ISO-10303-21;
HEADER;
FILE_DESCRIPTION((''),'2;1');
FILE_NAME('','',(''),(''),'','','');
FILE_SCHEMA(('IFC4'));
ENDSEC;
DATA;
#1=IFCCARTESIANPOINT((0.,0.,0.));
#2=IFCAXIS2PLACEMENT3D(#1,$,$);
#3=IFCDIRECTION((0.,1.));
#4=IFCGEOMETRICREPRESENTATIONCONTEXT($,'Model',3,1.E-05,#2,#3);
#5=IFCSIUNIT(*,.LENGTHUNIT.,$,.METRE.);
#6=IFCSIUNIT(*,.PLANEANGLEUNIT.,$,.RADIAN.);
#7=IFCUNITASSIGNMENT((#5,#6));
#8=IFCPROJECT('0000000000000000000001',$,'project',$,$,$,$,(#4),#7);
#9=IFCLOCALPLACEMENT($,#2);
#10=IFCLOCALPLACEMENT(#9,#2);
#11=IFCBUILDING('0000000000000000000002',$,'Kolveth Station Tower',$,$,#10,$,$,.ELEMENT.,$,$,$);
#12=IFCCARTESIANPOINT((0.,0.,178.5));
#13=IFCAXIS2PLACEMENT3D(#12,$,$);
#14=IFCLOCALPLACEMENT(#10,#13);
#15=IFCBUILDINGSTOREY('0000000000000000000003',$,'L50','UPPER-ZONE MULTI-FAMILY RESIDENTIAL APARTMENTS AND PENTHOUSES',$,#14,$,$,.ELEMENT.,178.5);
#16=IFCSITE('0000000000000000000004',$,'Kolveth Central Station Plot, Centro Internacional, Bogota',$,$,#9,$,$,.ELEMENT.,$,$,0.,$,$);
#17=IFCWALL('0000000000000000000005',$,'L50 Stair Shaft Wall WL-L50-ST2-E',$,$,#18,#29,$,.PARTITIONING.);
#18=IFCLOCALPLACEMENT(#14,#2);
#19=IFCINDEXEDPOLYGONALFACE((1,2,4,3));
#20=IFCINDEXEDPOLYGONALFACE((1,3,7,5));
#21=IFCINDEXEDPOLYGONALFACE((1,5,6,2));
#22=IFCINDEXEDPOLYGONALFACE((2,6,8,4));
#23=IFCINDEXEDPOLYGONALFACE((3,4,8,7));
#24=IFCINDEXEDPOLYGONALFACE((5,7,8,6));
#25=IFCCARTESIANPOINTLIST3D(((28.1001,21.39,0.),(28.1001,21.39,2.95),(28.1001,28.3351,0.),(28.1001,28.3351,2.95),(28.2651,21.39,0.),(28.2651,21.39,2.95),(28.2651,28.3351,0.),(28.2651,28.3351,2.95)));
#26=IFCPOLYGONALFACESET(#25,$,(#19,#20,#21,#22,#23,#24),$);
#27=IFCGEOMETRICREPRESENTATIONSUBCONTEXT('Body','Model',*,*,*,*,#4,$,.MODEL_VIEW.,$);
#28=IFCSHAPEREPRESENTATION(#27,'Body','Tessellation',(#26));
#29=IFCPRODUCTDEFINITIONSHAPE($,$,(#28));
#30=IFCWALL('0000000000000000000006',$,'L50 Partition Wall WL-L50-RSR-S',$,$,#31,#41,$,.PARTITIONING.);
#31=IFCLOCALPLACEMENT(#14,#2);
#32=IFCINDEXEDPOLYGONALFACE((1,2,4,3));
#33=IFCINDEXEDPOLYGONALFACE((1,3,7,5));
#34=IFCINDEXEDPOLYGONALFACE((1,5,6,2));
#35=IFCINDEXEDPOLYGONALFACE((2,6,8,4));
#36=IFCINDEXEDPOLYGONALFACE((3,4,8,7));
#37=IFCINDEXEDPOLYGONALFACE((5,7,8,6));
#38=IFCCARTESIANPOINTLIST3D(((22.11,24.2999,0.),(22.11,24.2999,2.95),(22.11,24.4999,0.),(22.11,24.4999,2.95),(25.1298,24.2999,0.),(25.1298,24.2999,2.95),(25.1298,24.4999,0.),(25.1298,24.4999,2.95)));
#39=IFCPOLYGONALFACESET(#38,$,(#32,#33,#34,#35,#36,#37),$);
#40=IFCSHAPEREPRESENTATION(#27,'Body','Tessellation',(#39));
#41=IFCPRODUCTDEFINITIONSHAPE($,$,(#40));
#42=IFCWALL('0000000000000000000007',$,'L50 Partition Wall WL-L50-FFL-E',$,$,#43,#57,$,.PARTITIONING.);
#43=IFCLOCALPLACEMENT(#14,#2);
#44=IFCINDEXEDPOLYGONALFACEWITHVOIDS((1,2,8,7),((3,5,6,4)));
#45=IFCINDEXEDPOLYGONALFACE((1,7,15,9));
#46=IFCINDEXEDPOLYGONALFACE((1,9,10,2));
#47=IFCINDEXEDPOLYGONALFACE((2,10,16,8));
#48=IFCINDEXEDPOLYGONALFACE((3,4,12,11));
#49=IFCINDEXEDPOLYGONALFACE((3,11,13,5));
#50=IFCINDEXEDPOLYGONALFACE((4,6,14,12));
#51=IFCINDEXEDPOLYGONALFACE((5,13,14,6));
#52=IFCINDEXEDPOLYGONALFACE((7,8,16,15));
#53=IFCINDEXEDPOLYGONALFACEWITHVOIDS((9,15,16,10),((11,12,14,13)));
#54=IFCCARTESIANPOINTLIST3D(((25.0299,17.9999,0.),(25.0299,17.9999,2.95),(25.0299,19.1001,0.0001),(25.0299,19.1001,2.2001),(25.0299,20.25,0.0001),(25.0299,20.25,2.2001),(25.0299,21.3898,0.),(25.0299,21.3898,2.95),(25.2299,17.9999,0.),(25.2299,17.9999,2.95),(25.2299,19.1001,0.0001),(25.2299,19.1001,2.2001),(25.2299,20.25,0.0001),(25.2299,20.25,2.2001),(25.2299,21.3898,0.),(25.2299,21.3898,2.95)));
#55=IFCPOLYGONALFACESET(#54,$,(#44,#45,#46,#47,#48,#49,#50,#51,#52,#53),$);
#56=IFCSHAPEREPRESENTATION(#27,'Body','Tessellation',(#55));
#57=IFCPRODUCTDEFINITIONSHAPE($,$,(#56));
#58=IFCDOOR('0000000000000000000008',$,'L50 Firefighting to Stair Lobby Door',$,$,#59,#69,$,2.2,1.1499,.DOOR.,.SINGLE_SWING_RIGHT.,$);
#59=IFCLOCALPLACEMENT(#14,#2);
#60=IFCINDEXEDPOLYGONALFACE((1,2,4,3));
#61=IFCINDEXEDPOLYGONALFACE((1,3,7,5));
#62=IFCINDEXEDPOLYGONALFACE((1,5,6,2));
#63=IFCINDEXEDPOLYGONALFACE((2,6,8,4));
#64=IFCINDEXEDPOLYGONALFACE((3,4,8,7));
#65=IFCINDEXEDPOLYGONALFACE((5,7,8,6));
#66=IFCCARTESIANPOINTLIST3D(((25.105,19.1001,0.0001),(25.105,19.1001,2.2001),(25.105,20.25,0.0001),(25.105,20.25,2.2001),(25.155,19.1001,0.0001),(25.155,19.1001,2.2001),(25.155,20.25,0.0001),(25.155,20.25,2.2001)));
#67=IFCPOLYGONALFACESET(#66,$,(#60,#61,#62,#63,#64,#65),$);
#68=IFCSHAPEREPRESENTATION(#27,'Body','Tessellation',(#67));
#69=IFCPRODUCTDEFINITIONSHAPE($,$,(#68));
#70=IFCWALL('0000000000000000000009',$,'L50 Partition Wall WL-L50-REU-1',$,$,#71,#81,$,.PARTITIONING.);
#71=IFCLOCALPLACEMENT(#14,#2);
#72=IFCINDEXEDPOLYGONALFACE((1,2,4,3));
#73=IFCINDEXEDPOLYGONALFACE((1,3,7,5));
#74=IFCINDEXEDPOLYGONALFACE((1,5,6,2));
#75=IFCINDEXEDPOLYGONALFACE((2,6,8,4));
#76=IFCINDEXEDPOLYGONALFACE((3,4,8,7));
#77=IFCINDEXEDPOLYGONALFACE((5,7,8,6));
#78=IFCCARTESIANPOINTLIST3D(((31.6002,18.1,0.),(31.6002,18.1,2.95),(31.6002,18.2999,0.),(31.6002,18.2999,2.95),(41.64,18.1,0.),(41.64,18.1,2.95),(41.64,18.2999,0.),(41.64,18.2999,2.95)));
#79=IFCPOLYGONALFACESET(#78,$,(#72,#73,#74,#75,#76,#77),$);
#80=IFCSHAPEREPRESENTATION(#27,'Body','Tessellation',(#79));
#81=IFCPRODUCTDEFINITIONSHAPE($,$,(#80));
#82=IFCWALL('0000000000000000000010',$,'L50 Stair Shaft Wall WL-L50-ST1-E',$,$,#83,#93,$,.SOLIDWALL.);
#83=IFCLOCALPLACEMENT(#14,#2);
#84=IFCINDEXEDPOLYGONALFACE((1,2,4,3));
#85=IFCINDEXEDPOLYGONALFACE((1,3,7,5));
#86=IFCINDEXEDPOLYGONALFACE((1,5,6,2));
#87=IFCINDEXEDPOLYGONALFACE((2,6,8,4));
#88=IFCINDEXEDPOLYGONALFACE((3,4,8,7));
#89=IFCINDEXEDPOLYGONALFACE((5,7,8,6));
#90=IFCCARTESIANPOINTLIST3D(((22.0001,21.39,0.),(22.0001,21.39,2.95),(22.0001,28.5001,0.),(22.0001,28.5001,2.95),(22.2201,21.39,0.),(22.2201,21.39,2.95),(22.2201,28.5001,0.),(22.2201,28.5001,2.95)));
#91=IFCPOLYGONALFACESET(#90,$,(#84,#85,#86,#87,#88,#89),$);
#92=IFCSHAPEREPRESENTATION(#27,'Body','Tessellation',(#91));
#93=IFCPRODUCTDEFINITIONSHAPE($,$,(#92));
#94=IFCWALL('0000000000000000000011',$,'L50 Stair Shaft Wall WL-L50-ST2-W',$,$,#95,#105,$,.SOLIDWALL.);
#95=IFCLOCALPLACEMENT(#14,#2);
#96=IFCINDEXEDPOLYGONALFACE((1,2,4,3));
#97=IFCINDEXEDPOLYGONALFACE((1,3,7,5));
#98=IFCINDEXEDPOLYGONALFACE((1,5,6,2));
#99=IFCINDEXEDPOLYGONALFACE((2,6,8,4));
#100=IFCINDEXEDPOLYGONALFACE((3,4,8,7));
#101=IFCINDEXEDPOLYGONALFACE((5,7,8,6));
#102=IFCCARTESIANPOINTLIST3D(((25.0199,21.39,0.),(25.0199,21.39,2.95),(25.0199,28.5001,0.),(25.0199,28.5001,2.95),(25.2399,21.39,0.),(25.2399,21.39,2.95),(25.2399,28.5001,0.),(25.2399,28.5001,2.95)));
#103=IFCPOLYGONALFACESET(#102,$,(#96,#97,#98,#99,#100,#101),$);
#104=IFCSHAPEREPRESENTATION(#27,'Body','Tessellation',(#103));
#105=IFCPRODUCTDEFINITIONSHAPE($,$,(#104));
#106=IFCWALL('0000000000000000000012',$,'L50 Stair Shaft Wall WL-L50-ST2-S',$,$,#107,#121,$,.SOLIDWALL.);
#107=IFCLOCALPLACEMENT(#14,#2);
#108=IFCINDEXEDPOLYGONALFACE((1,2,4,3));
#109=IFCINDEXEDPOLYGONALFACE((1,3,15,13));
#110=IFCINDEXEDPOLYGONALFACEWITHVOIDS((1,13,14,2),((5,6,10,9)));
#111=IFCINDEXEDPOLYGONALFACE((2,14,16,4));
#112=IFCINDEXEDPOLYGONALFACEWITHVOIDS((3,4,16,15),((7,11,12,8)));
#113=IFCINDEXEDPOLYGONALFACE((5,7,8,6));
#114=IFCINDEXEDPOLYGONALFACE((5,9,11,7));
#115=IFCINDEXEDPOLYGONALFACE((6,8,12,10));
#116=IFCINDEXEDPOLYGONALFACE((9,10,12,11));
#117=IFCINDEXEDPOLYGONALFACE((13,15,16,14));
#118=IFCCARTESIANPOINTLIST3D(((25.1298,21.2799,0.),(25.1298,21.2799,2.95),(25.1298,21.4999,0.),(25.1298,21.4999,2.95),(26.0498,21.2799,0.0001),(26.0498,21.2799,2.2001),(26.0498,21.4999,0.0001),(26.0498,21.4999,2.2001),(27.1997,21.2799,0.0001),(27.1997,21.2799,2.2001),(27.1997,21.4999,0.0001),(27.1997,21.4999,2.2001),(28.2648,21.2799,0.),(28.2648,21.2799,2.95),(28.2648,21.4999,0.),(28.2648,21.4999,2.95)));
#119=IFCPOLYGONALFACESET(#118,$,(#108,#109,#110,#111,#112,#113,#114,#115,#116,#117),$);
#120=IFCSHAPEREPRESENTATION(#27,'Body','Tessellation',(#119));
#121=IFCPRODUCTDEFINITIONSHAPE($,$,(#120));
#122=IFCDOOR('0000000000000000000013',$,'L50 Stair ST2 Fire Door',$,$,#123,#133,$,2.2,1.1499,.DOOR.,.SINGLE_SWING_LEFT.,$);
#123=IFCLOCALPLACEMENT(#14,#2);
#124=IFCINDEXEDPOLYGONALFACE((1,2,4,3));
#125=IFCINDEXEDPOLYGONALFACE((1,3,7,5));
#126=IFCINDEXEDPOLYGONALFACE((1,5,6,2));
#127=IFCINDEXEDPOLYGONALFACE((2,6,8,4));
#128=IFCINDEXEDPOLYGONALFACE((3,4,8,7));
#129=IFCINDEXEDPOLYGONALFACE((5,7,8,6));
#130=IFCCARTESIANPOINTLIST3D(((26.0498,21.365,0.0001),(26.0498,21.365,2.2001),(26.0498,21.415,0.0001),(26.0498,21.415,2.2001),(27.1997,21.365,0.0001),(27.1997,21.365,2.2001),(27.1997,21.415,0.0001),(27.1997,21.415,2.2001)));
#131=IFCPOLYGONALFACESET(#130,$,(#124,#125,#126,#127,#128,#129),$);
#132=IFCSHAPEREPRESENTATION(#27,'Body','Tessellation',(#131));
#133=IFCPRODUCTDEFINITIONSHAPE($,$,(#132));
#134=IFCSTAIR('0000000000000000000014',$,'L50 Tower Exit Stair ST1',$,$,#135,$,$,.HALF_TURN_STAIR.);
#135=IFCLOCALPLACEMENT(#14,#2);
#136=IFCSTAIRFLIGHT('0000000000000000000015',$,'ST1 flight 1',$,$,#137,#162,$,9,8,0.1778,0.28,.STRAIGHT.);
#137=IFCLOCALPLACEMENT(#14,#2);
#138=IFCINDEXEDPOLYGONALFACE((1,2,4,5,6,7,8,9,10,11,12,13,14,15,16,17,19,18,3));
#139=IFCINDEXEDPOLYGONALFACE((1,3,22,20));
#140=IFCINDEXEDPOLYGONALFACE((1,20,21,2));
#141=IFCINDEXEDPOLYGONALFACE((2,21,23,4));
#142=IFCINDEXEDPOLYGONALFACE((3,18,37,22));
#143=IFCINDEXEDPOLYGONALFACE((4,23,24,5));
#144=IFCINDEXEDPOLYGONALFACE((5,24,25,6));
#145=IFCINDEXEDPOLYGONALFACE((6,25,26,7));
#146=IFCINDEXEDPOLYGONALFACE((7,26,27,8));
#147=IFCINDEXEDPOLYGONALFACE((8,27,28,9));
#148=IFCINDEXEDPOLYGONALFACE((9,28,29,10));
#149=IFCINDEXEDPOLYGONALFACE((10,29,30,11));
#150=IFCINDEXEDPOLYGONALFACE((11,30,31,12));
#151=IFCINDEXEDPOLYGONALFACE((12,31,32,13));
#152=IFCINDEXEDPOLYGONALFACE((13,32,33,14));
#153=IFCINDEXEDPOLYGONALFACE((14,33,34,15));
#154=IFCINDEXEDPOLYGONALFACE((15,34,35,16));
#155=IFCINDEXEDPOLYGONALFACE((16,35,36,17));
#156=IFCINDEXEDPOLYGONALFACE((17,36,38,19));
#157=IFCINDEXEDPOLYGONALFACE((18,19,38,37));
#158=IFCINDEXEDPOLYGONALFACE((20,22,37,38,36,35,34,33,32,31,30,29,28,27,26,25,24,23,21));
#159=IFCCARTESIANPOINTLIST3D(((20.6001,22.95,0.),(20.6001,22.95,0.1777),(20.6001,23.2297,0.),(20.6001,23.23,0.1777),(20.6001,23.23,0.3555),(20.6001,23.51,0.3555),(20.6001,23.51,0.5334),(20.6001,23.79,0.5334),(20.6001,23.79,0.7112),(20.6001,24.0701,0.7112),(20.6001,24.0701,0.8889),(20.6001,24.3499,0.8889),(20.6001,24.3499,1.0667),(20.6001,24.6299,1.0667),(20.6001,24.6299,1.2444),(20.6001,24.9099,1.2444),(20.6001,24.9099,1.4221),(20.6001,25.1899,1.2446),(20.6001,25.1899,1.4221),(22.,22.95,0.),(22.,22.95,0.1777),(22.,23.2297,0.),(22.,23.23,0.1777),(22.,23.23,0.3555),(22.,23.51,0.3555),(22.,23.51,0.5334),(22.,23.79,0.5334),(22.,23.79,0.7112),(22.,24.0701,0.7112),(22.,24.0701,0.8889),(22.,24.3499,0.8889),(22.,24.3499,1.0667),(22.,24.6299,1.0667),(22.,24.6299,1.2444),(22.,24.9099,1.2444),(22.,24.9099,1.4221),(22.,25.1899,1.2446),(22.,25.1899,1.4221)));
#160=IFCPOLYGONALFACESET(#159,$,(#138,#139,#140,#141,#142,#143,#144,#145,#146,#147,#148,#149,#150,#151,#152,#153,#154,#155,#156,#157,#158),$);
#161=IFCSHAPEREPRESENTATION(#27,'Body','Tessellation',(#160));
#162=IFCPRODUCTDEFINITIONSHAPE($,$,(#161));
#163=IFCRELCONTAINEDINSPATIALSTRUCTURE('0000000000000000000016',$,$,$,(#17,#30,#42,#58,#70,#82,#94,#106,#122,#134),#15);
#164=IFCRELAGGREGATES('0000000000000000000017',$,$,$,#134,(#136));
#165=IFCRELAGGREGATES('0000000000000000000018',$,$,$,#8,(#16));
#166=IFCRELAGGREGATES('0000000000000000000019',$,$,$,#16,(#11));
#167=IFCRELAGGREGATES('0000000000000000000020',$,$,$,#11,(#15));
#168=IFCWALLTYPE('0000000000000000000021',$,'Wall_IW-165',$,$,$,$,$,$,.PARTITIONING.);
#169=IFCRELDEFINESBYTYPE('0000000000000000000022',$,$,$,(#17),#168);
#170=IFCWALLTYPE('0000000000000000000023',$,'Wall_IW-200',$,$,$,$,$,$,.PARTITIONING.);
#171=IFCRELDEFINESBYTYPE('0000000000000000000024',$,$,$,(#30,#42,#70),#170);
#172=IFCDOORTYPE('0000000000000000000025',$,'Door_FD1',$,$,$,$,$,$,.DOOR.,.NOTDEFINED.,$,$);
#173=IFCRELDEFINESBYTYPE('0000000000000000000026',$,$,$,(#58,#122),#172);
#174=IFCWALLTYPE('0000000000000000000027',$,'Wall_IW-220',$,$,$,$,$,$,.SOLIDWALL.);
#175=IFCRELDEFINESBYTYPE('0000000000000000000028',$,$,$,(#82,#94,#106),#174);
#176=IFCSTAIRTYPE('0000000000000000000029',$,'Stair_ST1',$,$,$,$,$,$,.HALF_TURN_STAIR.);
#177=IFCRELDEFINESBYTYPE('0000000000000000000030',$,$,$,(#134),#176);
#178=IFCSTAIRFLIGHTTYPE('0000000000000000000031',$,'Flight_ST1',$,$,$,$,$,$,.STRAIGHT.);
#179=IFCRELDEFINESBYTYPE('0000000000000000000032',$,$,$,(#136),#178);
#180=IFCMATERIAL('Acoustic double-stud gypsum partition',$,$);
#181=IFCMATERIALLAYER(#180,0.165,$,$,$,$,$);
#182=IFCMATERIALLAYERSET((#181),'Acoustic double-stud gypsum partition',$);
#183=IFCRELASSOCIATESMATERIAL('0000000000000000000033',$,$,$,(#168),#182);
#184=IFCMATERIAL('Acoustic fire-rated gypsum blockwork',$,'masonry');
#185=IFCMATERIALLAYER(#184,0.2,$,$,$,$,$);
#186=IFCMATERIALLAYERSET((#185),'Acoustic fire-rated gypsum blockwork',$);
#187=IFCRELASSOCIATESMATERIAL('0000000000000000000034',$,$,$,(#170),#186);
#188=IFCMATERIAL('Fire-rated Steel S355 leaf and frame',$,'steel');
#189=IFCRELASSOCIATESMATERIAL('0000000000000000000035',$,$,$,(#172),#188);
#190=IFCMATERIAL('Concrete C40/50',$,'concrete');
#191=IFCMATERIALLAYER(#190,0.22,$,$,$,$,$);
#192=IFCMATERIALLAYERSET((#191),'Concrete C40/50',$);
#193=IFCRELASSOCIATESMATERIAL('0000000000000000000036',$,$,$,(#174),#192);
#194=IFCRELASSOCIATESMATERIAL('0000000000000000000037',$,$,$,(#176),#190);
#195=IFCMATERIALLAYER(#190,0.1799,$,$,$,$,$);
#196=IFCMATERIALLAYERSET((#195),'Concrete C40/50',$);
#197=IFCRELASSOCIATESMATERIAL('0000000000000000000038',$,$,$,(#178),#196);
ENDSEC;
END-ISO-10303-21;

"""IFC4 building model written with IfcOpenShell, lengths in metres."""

from ifc_helpers import new_model, si_unit, direction, frame, frame_2d, origin, place, context, subcontext, project, spatial, polyline, rectangle, outline, extrude, material, layer, layer_set, type_object, element, fill, aggregate, save


model = new_model("IFC4")

# Units and contexts
model_context = context("Model", 3, precision=1e-05, world=origin(), true_north=direction((0.0, 1.0)))
body_context = subcontext(model_context, "Body", "Model", "MODEL_VIEW")
ifc_project = project(units=[si_unit("LENGTHUNIT", "METRE"), si_unit("PLANEANGLEUNIT", "RADIAN")], contexts=[model_context])

# Site, building, storey
site_placement = place(None, origin())
site = spatial("IfcSite", under=ifc_project, at=site_placement, Name="Kolveth Central Station Plot, Centro Internacional, Bogota", CompositionType="ELEMENT", RefElevation=0.0)
building_placement = place(site_placement, origin())
building = spatial("IfcBuilding", under=site, at=building_placement, Name="Kolveth Station Tower", CompositionType="ELEMENT")
storey_placement = place(building_placement, frame((0.0, 0.0, 178.5)))
storey = spatial("IfcBuildingStorey", under=building, at=storey_placement, Name="L50", Description="UPPER-ZONE MULTI-FAMILY RESIDENTIAL APARTMENTS AND PENTHOUSES", CompositionType="ELEMENT", Elevation=178.5)

# Walls
ifc_material_1 = material(Name="Acoustic double-stud gypsum partition")
ifc_layer_1 = layer(ifc_material_1, 0.165)
ifc_layer_set_1 = layer_set([ifc_layer_1], Name="Acoustic double-stud gypsum partition")
wall_type_1 = type_object("IfcWallType", Name="Wall_IW-165", PredefinedType="PARTITIONING", material=ifc_layer_set_1)
wall_1_placement = place(storey_placement, frame((28.1826, 21.3899, 0.0), z_axis=(0.0, 0.0, 1.0), x_axis=(0.0, 1.0, 0.0)))
element("IfcWall", 1, at=wall_1_placement, inside=storey, type_object=wall_type_1, Name="L50 Stair Shaft Wall WL-L50-ST2-E", PredefinedType="PARTITIONING", context=body_context, shape_type="SweptSolid", body=[
    extrude(rectangle(XDim=6.9451, YDim=0.165, at=frame_2d((3.4727, 0.0))), origin(), (0.0, 0.0, 1.0), 2.95),
])
ifc_material_2 = material(Name="Acoustic fire-rated gypsum blockwork", Category="masonry")
ifc_layer_2 = layer(ifc_material_2, 0.2)
ifc_layer_set_2 = layer_set([ifc_layer_2], Name="Acoustic fire-rated gypsum blockwork")
wall_type_2 = type_object("IfcWallType", Name="Wall_IW-200", PredefinedType="PARTITIONING", material=ifc_layer_set_2)
wall_2_placement = place(storey_placement, frame((22.1101, 24.3999, 0.0), z_axis=(0.0, 0.0, 1.0), x_axis=(1.0, 0.0, 0.0)))
element("IfcWall", 2, at=wall_2_placement, inside=storey, type_object=wall_type_2, Name="L50 Partition Wall WL-L50-RSR-S", PredefinedType="PARTITIONING", context=body_context, shape_type="SweptSolid", body=[
    extrude(rectangle(XDim=3.0198, YDim=0.2, at=frame_2d((1.5098, 0.0))), origin(), (0.0, 0.0, 1.0), 2.95),
])

# Wall, opening, door
wall_3_placement = place(storey_placement, frame((25.1299, 18.0, 0.0), z_axis=(0.0, 0.0, 1.0), x_axis=(0.0, 1.0, 0.0)))
wall_3 = element("IfcWall", 3, at=wall_3_placement, inside=storey, type_object=wall_type_2, Name="L50 Partition Wall WL-L50-FFL-E", PredefinedType="PARTITIONING", context=body_context, shape_type="SweptSolid", body=[
    extrude(rectangle(XDim=3.3899, YDim=0.2, at=frame_2d((1.6948, 0.0))), origin(), (0.0, 0.0, 1.0), 2.95),
])
opening_1_placement = place(wall_3_placement, frame((1.1001, 0.0, 0.0)))
opening_1 = element("IfcOpeningElement", 4, at=opening_1_placement, cuts=wall_3, PredefinedType="OPENING", context=body_context, shape_type="SweptSolid", body=[
    extrude(rectangle(XDim=1.1499, YDim=2.2, at=frame_2d((0.575, 1.1001))), frame((0.0, 0.1099, 0.0), z_axis=(0.0, -1.0, 0.0), x_axis=(1.0, 0.0, 0.0)), (0.0, 0.0, 1.0), 0.22),
])
ifc_material_3 = material(Name="Fire-rated Steel S355 leaf and frame", Category="steel")
door_type_1 = type_object("IfcDoorType", Name="Door_FD1", OperationType="NOTDEFINED", PredefinedType="DOOR", material=ifc_material_3)
door_1_placement = place(opening_1_placement, origin())
door_1 = element("IfcDoor", 5, at=door_1_placement, inside=storey, type_object=door_type_1, Name="L50 Firefighting to Stair Lobby Door", OperationType="SINGLE_SWING_RIGHT", OverallHeight=2.2, OverallWidth=1.1499, PredefinedType="DOOR", context=body_context, shape_type="SweptSolid", body=[
    extrude(rectangle(XDim=1.1499, YDim=2.2, at=frame_2d((0.575, 1.1001))), frame((0.0, 0.0249, 0.0), z_axis=(0.0, -1.0, 0.0), x_axis=(1.0, 0.0, 0.0)), (0.0, 0.0, 1.0), 0.05),
])
fill(opening_1, door_1)

# Walls
wall_4_placement = place(storey_placement, frame((31.6001, 18.2, 0.0), z_axis=(0.0, 0.0, 1.0), x_axis=(1.0, 0.0, 0.0)))
element("IfcWall", 6, at=wall_4_placement, inside=storey, type_object=wall_type_2, Name="L50 Partition Wall WL-L50-REU-1", PredefinedType="PARTITIONING", context=body_context, shape_type="SweptSolid", body=[
    extrude(rectangle(XDim=10.0398, YDim=0.2, at=frame_2d((5.02, 0.0))), origin(), (0.0, 0.0, 1.0), 2.95),
])
ifc_material_4 = material(Name="Concrete C40/50", Category="concrete")
ifc_layer_3 = layer(ifc_material_4, 0.22)
ifc_layer_set_3 = layer_set([ifc_layer_3], Name="Concrete C40/50")
wall_type_3 = type_object("IfcWallType", Name="Wall_IW-220", PredefinedType="SOLIDWALL", material=ifc_layer_set_3)
for number, where, z_axis, x_axis, name in (
    (7, (22.1101, 21.3899, 0.0), (0.0, 0.0, 1.0), (0.0, 1.0, 0.0), "L50 Stair Shaft Wall WL-L50-ST1-E"),
    (8, (25.1299, 21.3899, 0.0), (0.0, 0.0, 1.0), (0.0, 1.0, 0.0), "L50 Stair Shaft Wall WL-L50-ST2-W"),
):
    element("IfcWall", number, at=place(storey_placement, frame(where, z_axis=z_axis, x_axis=x_axis)), inside=storey, type_object=wall_type_3, Name=name, PredefinedType="SOLIDWALL", context=body_context, shape_type="SweptSolid", body=[
        extrude(rectangle(XDim=7.1101, YDim=0.22, at=frame_2d((3.5552, 0.0))), origin(), (0.0, 0.0, 1.0), 2.95),
    ])

# Wall, opening, door
wall_5_placement = place(storey_placement, frame((25.1299, 21.3899, 0.0), z_axis=(0.0, 0.0, 1.0), x_axis=(1.0, 0.0, 0.0)))
wall_5 = element("IfcWall", 9, at=wall_5_placement, inside=storey, type_object=wall_type_3, Name="L50 Stair Shaft Wall WL-L50-ST2-S", PredefinedType="SOLIDWALL", context=body_context, shape_type="SweptSolid", body=[
    extrude(rectangle(XDim=3.135, YDim=0.22, at=frame_2d((1.5674, 0.0))), origin(), (0.0, 0.0, 1.0), 2.95),
])
opening_2_placement = place(wall_5_placement, frame((0.9199, 0.0, 0.0)))
opening_2 = element("IfcOpeningElement", 10, at=opening_2_placement, cuts=wall_5, PredefinedType="OPENING", context=body_context, shape_type="SweptSolid", body=[
    extrude(rectangle(XDim=1.1499, YDim=2.2, at=frame_2d((0.575, 1.1001))), frame((0.0, 0.1199, 0.0), z_axis=(0.0, -1.0, 0.0), x_axis=(1.0, 0.0, 0.0)), (0.0, 0.0, 1.0), 0.24),
])
door_2_placement = place(opening_2_placement, frame((1.1499, 0.0, 0.0), z_axis=(0.0, 0.0, 1.0), x_axis=(-1.0, 0.0, 0.0)))
door_2 = element("IfcDoor", 11, at=door_2_placement, inside=storey, type_object=door_type_1, Name="L50 Stair ST2 Fire Door", OperationType="SINGLE_SWING_LEFT", OverallHeight=2.2, OverallWidth=1.1499, PredefinedType="DOOR", context=body_context, shape_type="SweptSolid", body=[
    extrude(rectangle(XDim=1.1499, YDim=2.2, at=frame_2d((0.575, 1.1001))), frame((0.0, 0.0249, 0.0), z_axis=(0.0, -1.0, 0.0), x_axis=(1.0, 0.0, 0.0)), (0.0, 0.0, 1.0), 0.05),
])
fill(opening_2, door_2)

# Stair, stair flight
stair_type_1 = type_object("IfcStairType", Name="Stair_ST1", PredefinedType="HALF_TURN_STAIR", material=ifc_material_4)
stair_1_placement = place(storey_placement, origin())
stair_1 = element("IfcStair", 12, at=stair_1_placement, inside=storey, type_object=stair_type_1, Name="L50 Tower Exit Stair ST1", PredefinedType="HALF_TURN_STAIR")
ifc_layer_4 = layer(ifc_material_4, 0.1799)
ifc_layer_set_4 = layer_set([ifc_layer_4], Name="Concrete C40/50")
stair_flight_type_1 = type_object("IfcStairFlightType", Name="Flight_ST1", PredefinedType="STRAIGHT", material=ifc_layer_set_4)
stair_flight_1_placement = place(storey_placement, frame((21.3, 22.95, 0.0), z_axis=(0.0, 0.0, 1.0), x_axis=(0.0, 1.0, 0.0)))
stair_flight_1 = element("IfcStairFlight", 13, at=stair_flight_1_placement, type_object=stair_flight_type_1, Name="ST1 flight 1", NumberOfRisers=9, NumberOfTreads=8, PredefinedType="STRAIGHT", RiserHeight=0.1778, TreadLength=0.28, context=body_context, shape_type="SweptSolid", body=[
    extrude(outline(polyline([(0.0, 0.0), (0.0, 0.1777), (0.28, 0.1777), (0.28, 0.3555), (0.5601, 0.3555), (0.5601, 0.5334), (0.8401, 0.5334), (0.8401, 0.7112), (1.1201, 0.7112), (1.1201, 0.8889), (1.3999, 0.8889), (1.3999, 1.0667), (1.6799, 1.0667), (1.6799, 1.2444), (1.96, 1.2444), (1.96, 1.4221), (2.24, 1.4221), (2.24, 1.6001), (2.24, 1.2446), (0.2798, 0.0), (0.0, 0.0)])), frame((0.0, 0.7, 0.0), z_axis=(0.0, -1.0, 0.0), x_axis=(1.0, 0.0, 0.0)), (0.0, 0.0, 1.0), 1.3999),
])
aggregate(stair_1, [stair_flight_1])

save(model, "model.ifc")
